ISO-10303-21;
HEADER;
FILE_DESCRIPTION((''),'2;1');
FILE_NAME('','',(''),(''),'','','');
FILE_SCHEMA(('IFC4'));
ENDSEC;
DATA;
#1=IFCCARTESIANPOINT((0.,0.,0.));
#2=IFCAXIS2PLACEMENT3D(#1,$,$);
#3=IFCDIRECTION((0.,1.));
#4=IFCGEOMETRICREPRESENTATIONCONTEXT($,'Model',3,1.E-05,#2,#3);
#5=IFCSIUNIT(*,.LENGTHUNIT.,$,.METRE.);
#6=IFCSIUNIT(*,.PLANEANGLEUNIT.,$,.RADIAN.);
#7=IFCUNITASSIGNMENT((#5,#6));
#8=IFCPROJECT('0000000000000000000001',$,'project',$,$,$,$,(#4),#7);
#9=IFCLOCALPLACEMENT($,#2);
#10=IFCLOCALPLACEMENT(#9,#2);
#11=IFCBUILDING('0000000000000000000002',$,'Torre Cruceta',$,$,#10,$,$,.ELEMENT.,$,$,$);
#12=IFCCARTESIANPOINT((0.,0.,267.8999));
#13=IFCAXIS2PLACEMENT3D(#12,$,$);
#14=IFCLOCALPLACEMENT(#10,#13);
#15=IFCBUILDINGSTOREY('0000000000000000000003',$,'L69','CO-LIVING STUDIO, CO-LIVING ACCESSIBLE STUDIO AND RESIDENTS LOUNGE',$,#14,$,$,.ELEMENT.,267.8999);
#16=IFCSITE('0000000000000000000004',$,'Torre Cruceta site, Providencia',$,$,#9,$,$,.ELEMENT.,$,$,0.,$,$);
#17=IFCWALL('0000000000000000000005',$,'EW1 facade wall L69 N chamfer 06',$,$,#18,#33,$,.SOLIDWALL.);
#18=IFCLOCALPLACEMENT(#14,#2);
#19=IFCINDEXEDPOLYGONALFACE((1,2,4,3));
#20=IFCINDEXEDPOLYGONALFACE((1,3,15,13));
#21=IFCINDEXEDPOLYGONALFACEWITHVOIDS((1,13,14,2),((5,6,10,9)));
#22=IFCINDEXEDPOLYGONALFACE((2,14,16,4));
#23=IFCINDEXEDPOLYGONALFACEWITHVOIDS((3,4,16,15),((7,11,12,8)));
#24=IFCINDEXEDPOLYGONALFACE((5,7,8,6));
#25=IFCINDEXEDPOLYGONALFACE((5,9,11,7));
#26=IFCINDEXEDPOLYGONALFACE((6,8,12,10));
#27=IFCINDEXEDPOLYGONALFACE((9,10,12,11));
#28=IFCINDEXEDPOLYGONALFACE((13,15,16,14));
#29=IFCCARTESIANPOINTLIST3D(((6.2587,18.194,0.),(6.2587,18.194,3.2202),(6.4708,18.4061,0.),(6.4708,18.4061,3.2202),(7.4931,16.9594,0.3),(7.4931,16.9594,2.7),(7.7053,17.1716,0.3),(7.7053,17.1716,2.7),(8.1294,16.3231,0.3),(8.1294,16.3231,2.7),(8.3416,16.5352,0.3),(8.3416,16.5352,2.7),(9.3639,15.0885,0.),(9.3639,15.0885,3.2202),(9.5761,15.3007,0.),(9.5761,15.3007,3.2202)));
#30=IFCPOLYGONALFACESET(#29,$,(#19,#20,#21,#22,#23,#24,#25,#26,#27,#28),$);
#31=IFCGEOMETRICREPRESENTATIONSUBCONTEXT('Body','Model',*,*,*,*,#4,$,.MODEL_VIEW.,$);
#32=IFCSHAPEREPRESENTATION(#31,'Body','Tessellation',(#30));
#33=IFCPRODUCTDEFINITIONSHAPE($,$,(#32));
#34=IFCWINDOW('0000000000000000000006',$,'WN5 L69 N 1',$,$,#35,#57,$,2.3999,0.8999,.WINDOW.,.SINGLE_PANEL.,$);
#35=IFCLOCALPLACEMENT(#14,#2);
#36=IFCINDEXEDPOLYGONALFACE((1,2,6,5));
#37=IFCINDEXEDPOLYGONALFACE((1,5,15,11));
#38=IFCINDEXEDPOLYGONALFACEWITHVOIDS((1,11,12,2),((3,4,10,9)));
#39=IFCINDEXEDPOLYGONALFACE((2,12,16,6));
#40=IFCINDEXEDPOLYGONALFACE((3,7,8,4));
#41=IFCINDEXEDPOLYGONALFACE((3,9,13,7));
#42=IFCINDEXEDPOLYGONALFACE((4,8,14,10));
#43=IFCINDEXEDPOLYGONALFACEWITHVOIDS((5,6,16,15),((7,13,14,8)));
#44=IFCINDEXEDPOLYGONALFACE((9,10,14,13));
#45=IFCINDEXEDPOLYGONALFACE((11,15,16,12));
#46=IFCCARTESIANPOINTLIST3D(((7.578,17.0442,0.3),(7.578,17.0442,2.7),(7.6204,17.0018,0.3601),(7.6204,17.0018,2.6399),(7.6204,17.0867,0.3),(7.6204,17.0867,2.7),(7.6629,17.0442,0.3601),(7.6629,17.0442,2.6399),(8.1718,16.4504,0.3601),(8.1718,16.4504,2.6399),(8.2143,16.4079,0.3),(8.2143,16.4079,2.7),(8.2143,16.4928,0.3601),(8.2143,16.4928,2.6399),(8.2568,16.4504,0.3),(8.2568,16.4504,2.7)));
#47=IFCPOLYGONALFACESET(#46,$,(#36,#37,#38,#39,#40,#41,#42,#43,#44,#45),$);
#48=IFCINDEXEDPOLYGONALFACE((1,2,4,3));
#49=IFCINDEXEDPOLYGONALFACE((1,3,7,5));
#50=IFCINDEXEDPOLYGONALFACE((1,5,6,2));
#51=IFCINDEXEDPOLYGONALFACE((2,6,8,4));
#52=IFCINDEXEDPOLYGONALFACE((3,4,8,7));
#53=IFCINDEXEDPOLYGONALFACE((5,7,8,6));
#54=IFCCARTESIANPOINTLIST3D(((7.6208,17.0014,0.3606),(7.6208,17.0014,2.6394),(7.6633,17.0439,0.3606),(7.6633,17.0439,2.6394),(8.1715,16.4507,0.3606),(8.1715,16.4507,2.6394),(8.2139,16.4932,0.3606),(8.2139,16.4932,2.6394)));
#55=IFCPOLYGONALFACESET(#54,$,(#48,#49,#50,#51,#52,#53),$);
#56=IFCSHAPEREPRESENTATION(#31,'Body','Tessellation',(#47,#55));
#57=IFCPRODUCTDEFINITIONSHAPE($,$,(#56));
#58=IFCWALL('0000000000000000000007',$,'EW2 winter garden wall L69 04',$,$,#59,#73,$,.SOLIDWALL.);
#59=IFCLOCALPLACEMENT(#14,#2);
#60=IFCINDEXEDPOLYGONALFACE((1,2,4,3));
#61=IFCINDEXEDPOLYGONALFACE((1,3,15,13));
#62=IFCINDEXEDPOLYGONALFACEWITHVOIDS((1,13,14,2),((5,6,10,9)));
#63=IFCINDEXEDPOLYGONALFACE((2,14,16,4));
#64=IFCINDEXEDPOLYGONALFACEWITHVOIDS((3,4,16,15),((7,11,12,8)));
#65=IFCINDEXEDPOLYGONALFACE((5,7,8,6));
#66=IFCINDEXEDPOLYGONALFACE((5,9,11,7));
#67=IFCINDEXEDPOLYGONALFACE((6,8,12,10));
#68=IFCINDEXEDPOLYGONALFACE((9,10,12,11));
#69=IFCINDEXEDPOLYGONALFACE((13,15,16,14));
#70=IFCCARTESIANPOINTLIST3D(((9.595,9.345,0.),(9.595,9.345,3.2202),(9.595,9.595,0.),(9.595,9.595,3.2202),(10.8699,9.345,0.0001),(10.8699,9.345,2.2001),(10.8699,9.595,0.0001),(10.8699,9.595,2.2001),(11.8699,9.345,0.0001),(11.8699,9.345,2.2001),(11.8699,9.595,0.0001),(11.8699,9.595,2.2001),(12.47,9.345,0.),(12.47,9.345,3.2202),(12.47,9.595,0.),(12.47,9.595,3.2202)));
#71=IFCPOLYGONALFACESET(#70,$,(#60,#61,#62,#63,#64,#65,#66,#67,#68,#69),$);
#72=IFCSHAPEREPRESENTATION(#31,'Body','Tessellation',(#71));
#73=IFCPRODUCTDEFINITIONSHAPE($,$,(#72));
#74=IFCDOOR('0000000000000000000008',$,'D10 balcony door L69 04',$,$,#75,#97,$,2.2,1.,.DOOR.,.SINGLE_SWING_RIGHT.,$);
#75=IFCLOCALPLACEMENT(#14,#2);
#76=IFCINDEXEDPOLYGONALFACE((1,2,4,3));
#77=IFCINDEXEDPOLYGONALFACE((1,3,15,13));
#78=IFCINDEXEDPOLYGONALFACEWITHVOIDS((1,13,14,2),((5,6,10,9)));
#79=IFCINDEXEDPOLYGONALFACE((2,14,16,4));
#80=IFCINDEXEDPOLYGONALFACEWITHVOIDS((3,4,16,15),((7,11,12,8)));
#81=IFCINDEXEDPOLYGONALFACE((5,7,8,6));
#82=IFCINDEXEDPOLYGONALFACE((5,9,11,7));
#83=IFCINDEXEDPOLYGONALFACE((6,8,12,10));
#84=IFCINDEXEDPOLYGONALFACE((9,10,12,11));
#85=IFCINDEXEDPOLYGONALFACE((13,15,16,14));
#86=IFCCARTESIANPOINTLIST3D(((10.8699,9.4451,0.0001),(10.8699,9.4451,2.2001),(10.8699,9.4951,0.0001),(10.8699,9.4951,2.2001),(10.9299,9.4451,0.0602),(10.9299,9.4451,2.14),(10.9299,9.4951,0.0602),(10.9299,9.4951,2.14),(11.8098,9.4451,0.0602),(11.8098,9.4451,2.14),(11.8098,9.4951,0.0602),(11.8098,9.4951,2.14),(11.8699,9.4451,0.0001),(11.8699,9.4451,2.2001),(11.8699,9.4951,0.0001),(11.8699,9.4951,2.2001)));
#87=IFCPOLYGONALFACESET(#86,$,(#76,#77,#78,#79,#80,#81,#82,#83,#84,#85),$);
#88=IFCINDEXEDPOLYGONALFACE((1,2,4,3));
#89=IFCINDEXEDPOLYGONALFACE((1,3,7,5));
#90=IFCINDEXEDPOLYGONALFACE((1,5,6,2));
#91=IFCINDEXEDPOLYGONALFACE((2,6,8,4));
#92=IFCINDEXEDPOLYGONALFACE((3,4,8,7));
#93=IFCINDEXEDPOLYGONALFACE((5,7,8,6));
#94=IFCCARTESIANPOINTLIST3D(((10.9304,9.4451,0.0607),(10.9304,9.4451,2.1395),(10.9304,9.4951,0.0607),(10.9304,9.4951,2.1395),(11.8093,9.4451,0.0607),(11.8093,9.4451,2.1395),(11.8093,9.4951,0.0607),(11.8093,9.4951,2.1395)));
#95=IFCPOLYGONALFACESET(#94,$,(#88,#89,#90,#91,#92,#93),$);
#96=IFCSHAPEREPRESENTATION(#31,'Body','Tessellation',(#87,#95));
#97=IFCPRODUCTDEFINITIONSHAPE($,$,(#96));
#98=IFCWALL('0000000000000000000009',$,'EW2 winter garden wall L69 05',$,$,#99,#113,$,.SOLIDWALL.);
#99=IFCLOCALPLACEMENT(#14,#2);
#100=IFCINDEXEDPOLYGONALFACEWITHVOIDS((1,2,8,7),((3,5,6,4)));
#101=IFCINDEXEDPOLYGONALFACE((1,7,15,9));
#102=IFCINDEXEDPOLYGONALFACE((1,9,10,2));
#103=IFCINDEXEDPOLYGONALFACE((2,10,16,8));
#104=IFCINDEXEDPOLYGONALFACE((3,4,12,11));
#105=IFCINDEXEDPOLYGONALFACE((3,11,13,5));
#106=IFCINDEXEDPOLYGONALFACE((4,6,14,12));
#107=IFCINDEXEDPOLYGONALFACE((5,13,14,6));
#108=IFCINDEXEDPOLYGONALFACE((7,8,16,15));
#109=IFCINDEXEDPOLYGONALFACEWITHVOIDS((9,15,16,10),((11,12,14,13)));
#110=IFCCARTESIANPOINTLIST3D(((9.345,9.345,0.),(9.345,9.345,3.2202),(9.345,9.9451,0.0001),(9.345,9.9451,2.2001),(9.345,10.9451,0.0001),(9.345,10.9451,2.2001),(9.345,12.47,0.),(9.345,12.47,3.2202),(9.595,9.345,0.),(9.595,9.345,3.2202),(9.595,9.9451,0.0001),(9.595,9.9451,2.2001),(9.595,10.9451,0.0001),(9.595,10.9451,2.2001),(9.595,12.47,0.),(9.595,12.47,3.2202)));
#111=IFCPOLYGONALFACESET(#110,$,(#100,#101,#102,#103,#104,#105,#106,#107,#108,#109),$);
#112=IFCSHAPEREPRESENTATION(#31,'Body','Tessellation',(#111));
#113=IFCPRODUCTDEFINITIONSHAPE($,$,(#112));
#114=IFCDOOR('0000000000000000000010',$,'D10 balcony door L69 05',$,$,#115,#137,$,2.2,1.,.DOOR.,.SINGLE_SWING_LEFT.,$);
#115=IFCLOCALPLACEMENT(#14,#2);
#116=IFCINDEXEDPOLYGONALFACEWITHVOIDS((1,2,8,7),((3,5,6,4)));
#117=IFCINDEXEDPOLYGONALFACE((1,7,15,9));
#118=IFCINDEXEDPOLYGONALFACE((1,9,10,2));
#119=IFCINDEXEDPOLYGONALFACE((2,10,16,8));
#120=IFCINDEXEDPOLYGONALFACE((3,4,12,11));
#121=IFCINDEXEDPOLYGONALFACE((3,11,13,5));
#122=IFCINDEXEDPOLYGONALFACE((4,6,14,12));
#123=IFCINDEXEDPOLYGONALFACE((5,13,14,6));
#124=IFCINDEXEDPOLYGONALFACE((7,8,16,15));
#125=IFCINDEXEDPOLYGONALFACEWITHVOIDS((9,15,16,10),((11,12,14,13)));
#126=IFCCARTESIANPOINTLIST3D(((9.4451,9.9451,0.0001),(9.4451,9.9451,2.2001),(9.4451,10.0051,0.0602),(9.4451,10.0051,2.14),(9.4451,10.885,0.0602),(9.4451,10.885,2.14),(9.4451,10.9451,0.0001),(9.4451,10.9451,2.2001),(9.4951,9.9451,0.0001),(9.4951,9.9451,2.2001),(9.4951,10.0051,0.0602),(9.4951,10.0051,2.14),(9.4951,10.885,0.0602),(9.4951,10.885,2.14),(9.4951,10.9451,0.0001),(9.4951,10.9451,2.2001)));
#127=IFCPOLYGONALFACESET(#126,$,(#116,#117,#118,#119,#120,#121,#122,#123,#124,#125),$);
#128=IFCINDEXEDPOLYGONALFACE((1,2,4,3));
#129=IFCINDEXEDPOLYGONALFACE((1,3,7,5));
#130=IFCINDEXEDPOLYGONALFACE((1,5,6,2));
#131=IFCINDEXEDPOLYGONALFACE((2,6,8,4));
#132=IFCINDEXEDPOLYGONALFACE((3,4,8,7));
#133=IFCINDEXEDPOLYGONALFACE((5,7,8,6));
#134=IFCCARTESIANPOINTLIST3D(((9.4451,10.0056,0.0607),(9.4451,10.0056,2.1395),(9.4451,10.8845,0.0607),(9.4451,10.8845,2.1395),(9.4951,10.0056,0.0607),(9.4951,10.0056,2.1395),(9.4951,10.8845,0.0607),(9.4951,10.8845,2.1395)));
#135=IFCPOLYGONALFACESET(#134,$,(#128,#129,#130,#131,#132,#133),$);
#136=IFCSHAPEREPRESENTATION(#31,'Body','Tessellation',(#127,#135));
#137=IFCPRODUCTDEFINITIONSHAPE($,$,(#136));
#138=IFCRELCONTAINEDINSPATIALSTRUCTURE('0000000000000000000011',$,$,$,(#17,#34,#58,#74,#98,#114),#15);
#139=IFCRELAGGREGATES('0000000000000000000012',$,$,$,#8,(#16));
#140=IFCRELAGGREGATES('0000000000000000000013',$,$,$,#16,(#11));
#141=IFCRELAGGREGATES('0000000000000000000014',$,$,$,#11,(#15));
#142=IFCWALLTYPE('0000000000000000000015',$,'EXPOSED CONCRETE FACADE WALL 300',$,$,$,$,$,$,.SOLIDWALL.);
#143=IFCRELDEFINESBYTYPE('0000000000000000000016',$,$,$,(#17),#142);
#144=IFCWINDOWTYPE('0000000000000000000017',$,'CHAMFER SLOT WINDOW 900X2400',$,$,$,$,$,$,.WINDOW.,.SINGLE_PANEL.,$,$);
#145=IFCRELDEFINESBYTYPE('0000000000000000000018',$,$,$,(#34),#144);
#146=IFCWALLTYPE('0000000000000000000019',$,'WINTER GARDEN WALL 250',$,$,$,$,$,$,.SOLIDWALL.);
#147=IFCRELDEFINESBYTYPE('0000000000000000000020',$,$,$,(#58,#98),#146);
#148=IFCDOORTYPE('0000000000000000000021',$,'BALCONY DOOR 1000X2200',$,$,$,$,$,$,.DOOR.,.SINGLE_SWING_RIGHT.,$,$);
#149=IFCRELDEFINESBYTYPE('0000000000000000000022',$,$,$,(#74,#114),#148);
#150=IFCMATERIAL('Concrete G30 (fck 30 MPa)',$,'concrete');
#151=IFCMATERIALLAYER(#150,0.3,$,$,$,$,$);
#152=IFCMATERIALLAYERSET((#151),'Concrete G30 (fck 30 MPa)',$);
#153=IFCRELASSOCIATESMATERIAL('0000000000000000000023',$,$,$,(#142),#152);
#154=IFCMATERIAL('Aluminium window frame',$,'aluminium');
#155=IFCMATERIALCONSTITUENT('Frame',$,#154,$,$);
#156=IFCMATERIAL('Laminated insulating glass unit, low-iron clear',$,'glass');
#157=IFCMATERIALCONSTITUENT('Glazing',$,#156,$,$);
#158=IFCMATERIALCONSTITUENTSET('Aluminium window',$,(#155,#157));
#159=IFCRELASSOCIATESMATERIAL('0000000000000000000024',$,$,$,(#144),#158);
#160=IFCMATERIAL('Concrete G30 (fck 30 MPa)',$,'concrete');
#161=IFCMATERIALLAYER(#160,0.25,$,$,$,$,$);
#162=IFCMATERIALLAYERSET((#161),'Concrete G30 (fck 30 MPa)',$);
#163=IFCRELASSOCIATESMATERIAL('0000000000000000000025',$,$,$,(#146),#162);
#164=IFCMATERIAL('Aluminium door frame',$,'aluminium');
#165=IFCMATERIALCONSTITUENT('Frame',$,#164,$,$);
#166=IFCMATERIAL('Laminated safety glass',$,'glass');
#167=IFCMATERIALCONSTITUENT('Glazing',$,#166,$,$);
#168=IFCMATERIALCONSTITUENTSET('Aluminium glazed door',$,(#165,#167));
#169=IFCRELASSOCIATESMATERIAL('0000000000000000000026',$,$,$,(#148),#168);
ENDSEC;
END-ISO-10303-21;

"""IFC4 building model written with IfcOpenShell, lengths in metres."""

from ifc_helpers import new_model, si_unit, direction, frame, frame_2d, origin, place, context, subcontext, project, spatial, rectangle, hollow_rectangle, extrude, material, layer, layer_set, constituent, constituent_set, type_object, element, fill, save


model = new_model("IFC4")

# Units and contexts
model_context = context("Model", 3, precision=1e-05, world=origin(), true_north=direction((0.0, 1.0)))
body_context = subcontext(model_context, "Body", "Model", "MODEL_VIEW")
ifc_project = project(units=[si_unit("LENGTHUNIT", "METRE"), si_unit("PLANEANGLEUNIT", "RADIAN")], contexts=[model_context])

# Site, building, storey
site_placement = place(None, origin())
site = spatial("IfcSite", under=ifc_project, at=site_placement, Name="Torre Cruceta site, Providencia", CompositionType="ELEMENT", RefElevation=0.0)
building_placement = place(site_placement, origin())
building = spatial("IfcBuilding", under=site, at=building_placement, Name="Torre Cruceta", CompositionType="ELEMENT")
storey_placement = place(building_placement, frame((0.0, 0.0, 267.8999)))
storey = spatial("IfcBuildingStorey", under=building, at=storey_placement, Name="L69", Description="CO-LIVING STUDIO, CO-LIVING ACCESSIBLE STUDIO AND RESIDENTS LOUNGE", CompositionType="ELEMENT", Elevation=267.8999)

# Wall, opening, window
ifc_material_1 = material(Name="Concrete G30 (fck 30 MPa)", Category="concrete")
ifc_layer_1 = layer(ifc_material_1, 0.3)
ifc_layer_set_1 = layer_set([ifc_layer_1], Name="Concrete G30 (fck 30 MPa)")
wall_type_1 = type_object("IfcWallType", Name="EXPOSED CONCRETE FACADE WALL 300", PredefinedType="SOLIDWALL", material=ifc_layer_set_1)
wall_1_placement = place(storey_placement, frame((9.47, 15.1946, 0.0), z_axis=(0.0, 0.0, 1.0), x_axis=(-0.707079, 0.707135, 0.0)))
wall_1 = element("IfcWall", 1, at=wall_1_placement, inside=storey, type_object=wall_type_1, Name="EW1 facade wall L69 N chamfer 06", PredefinedType="SOLIDWALL", context=body_context, shape_type="SweptSolid", body=[
    extrude(rectangle(XDim=4.3916, YDim=0.3, at=frame_2d((2.1958, 0.0))), origin(), (0.0, 0.0, 1.0), 3.2202),
])
opening_1_placement = place(wall_1_placement, frame((1.7458, 0.0, 0.3)))
opening_1 = element("IfcOpeningElement", 2, at=opening_1_placement, cuts=wall_1, PredefinedType="OPENING", context=body_context, shape_type="SweptSolid", body=[
    extrude(rectangle(XDim=0.8999, YDim=2.3999, at=frame_2d((0.45, 1.2))), frame((0.0, 0.1599, 0.0), z_axis=(0.0, -1.0, 0.0), x_axis=(1.0, 0.0, 0.0)), (0.0, 0.0, 1.0), 0.3201),
])
ifc_material_2 = material(Name="Aluminium window frame", Category="aluminium")
ifc_constituent_1 = constituent(ifc_material_2, Name="Frame")
ifc_material_3 = material(Name="Laminated insulating glass unit, low-iron clear", Category="glass")
ifc_constituent_2 = constituent(ifc_material_3, Name="Glazing")
ifc_constituent_set_1 = constituent_set(constituents=[ifc_constituent_1, ifc_constituent_2], Name="Aluminium window")
window_type = type_object("IfcWindowType", Name="CHAMFER SLOT WINDOW 900X2400", PartitioningType="SINGLE_PANEL", PredefinedType="WINDOW", material=ifc_constituent_set_1)
window_placement = place(opening_1_placement, origin())
window = element("IfcWindow", 3, at=window_placement, inside=storey, type_object=window_type, Name="WN5 L69 N 1", OverallHeight=2.3999, OverallWidth=0.8999, PartitioningType="SINGLE_PANEL", PredefinedType="WINDOW", context=body_context, shape_type="SweptSolid", body=[
    extrude(hollow_rectangle(XDim=0.8999, YDim=2.3999, WallThickness=0.0601, at=frame_2d((0.45, 1.2))), frame((0.0, 0.03, 0.0), z_axis=(0.0, -1.0, 0.0), x_axis=(1.0, 0.0, 0.0)), (0.0, 0.0, 1.0), 0.0601),
    extrude(rectangle(XDim=0.7788, YDim=2.2788, at=frame_2d((0.45, 1.2))), frame((0.0, 0.03, 0.0), z_axis=(0.0, -1.0, 0.0), x_axis=(1.0, 0.0, 0.0)), (0.0, 0.0, 1.0), 0.0601),
])
fill(opening_1, window)

# Walls, openings, doors
ifc_material_4 = material(Name="Concrete G30 (fck 30 MPa)", Category="concrete")
ifc_layer_2 = layer(ifc_material_4, 0.25)
ifc_layer_set_2 = layer_set([ifc_layer_2], Name="Concrete G30 (fck 30 MPa)")
wall_type_2 = type_object("IfcWallType", Name="WINTER GARDEN WALL 250", PredefinedType="SOLIDWALL", material=ifc_layer_set_2)
wall_2_placement = place(storey_placement, frame((12.47, 9.47, 0.0), z_axis=(0.0, 0.0, 1.0), x_axis=(-1.0, 0.0, 0.0)))
wall_2 = element("IfcWall", 4, at=wall_2_placement, inside=storey, type_object=wall_type_2, Name="EW2 winter garden wall L69 04", PredefinedType="SOLIDWALL", context=body_context, shape_type="SweptSolid", body=[
    extrude(rectangle(XDim=2.875, YDim=0.25, at=frame_2d((1.4375, 0.0))), origin(), (0.0, 0.0, 1.0), 3.2202),
])
opening_2_placement = place(wall_2_placement, frame((0.6001, 0.0, 0.0)))
opening_2 = element("IfcOpeningElement", 5, at=opening_2_placement, cuts=wall_2, PredefinedType="OPENING", context=body_context, shape_type="SweptSolid", body=[
    extrude(rectangle(XDim=1.0, YDim=2.2, at=frame_2d((0.5, 1.1001))), frame((0.0, 0.135, 0.0), z_axis=(0.0, -1.0, 0.0), x_axis=(1.0, 0.0, 0.0)), (0.0, 0.0, 1.0), 0.27),
])
ifc_material_5 = material(Name="Aluminium door frame", Category="aluminium")
ifc_constituent_3 = constituent(ifc_material_5, Name="Frame")
ifc_material_6 = material(Name="Laminated safety glass", Category="glass")
ifc_constituent_4 = constituent(ifc_material_6, Name="Glazing")
ifc_constituent_set_2 = constituent_set(constituents=[ifc_constituent_3, ifc_constituent_4], Name="Aluminium glazed door")
door_type = type_object("IfcDoorType", Name="BALCONY DOOR 1000X2200", OperationType="SINGLE_SWING_RIGHT", PredefinedType="DOOR", material=ifc_constituent_set_2)
door_1_placement = place(opening_2_placement, origin())
door_1 = element("IfcDoor", 6, at=door_1_placement, inside=storey, type_object=door_type, Name="D10 balcony door L69 04", OperationType="SINGLE_SWING_RIGHT", OverallHeight=2.2, OverallWidth=1.0, PredefinedType="DOOR", context=body_context, shape_type="SweptSolid", body=[
    extrude(hollow_rectangle(XDim=1.0, YDim=2.2, WallThickness=0.0601, at=frame_2d((0.5, 1.1001))), frame((0.0, 0.0249, 0.0), z_axis=(0.0, -1.0, 0.0), x_axis=(1.0, 0.0, 0.0)), (0.0, 0.0, 1.0), 0.05),
    extrude(rectangle(XDim=0.8789, YDim=2.0789, at=frame_2d((0.5, 1.1001))), frame((0.0, 0.0249, 0.0), z_axis=(0.0, -1.0, 0.0), x_axis=(1.0, 0.0, 0.0)), (0.0, 0.0, 1.0), 0.05),
])
fill(opening_2, door_1)
wall_3_placement = place(storey_placement, frame((9.47, 9.345, 0.0), z_axis=(0.0, 0.0, 1.0), x_axis=(0.0, 1.0, 0.0)))
wall_3 = element("IfcWall", 7, at=wall_3_placement, inside=storey, type_object=wall_type_2, Name="EW2 winter garden wall L69 05", PredefinedType="SOLIDWALL", context=body_context, shape_type="SweptSolid", body=[
    extrude(rectangle(XDim=3.125, YDim=0.25, at=frame_2d((1.5625, 0.0))), origin(), (0.0, 0.0, 1.0), 3.2202),
])
opening_3_placement = place(wall_3_placement, frame((0.6001, 0.0, 0.0)))
opening_3 = element("IfcOpeningElement", 8, at=opening_3_placement, cuts=wall_3, PredefinedType="OPENING", context=body_context, shape_type="SweptSolid", body=[
    extrude(rectangle(XDim=1.0, YDim=2.2, at=frame_2d((0.5, 1.1001))), frame((0.0, 0.135, 0.0), z_axis=(0.0, -1.0, 0.0), x_axis=(1.0, 0.0, 0.0)), (0.0, 0.0, 1.0), 0.27),
])
door_2_placement = place(opening_3_placement, origin())
door_2 = element("IfcDoor", 9, at=door_2_placement, inside=storey, type_object=door_type, Name="D10 balcony door L69 05", OperationType="SINGLE_SWING_LEFT", OverallHeight=2.2, OverallWidth=1.0, PredefinedType="DOOR", context=body_context, shape_type="SweptSolid", body=[
    extrude(hollow_rectangle(XDim=1.0, YDim=2.2, WallThickness=0.0601, at=frame_2d((0.5, 1.1001))), frame((0.0, 0.0249, 0.0), z_axis=(0.0, -1.0, 0.0), x_axis=(1.0, 0.0, 0.0)), (0.0, 0.0, 1.0), 0.05),
    extrude(rectangle(XDim=0.8789, YDim=2.0789, at=frame_2d((0.5, 1.1001))), frame((0.0, 0.0249, 0.0), z_axis=(0.0, -1.0, 0.0), x_axis=(1.0, 0.0, 0.0)), (0.0, 0.0, 1.0), 0.05),
])
fill(opening_3, door_2)

save(model, "model.ifc")
